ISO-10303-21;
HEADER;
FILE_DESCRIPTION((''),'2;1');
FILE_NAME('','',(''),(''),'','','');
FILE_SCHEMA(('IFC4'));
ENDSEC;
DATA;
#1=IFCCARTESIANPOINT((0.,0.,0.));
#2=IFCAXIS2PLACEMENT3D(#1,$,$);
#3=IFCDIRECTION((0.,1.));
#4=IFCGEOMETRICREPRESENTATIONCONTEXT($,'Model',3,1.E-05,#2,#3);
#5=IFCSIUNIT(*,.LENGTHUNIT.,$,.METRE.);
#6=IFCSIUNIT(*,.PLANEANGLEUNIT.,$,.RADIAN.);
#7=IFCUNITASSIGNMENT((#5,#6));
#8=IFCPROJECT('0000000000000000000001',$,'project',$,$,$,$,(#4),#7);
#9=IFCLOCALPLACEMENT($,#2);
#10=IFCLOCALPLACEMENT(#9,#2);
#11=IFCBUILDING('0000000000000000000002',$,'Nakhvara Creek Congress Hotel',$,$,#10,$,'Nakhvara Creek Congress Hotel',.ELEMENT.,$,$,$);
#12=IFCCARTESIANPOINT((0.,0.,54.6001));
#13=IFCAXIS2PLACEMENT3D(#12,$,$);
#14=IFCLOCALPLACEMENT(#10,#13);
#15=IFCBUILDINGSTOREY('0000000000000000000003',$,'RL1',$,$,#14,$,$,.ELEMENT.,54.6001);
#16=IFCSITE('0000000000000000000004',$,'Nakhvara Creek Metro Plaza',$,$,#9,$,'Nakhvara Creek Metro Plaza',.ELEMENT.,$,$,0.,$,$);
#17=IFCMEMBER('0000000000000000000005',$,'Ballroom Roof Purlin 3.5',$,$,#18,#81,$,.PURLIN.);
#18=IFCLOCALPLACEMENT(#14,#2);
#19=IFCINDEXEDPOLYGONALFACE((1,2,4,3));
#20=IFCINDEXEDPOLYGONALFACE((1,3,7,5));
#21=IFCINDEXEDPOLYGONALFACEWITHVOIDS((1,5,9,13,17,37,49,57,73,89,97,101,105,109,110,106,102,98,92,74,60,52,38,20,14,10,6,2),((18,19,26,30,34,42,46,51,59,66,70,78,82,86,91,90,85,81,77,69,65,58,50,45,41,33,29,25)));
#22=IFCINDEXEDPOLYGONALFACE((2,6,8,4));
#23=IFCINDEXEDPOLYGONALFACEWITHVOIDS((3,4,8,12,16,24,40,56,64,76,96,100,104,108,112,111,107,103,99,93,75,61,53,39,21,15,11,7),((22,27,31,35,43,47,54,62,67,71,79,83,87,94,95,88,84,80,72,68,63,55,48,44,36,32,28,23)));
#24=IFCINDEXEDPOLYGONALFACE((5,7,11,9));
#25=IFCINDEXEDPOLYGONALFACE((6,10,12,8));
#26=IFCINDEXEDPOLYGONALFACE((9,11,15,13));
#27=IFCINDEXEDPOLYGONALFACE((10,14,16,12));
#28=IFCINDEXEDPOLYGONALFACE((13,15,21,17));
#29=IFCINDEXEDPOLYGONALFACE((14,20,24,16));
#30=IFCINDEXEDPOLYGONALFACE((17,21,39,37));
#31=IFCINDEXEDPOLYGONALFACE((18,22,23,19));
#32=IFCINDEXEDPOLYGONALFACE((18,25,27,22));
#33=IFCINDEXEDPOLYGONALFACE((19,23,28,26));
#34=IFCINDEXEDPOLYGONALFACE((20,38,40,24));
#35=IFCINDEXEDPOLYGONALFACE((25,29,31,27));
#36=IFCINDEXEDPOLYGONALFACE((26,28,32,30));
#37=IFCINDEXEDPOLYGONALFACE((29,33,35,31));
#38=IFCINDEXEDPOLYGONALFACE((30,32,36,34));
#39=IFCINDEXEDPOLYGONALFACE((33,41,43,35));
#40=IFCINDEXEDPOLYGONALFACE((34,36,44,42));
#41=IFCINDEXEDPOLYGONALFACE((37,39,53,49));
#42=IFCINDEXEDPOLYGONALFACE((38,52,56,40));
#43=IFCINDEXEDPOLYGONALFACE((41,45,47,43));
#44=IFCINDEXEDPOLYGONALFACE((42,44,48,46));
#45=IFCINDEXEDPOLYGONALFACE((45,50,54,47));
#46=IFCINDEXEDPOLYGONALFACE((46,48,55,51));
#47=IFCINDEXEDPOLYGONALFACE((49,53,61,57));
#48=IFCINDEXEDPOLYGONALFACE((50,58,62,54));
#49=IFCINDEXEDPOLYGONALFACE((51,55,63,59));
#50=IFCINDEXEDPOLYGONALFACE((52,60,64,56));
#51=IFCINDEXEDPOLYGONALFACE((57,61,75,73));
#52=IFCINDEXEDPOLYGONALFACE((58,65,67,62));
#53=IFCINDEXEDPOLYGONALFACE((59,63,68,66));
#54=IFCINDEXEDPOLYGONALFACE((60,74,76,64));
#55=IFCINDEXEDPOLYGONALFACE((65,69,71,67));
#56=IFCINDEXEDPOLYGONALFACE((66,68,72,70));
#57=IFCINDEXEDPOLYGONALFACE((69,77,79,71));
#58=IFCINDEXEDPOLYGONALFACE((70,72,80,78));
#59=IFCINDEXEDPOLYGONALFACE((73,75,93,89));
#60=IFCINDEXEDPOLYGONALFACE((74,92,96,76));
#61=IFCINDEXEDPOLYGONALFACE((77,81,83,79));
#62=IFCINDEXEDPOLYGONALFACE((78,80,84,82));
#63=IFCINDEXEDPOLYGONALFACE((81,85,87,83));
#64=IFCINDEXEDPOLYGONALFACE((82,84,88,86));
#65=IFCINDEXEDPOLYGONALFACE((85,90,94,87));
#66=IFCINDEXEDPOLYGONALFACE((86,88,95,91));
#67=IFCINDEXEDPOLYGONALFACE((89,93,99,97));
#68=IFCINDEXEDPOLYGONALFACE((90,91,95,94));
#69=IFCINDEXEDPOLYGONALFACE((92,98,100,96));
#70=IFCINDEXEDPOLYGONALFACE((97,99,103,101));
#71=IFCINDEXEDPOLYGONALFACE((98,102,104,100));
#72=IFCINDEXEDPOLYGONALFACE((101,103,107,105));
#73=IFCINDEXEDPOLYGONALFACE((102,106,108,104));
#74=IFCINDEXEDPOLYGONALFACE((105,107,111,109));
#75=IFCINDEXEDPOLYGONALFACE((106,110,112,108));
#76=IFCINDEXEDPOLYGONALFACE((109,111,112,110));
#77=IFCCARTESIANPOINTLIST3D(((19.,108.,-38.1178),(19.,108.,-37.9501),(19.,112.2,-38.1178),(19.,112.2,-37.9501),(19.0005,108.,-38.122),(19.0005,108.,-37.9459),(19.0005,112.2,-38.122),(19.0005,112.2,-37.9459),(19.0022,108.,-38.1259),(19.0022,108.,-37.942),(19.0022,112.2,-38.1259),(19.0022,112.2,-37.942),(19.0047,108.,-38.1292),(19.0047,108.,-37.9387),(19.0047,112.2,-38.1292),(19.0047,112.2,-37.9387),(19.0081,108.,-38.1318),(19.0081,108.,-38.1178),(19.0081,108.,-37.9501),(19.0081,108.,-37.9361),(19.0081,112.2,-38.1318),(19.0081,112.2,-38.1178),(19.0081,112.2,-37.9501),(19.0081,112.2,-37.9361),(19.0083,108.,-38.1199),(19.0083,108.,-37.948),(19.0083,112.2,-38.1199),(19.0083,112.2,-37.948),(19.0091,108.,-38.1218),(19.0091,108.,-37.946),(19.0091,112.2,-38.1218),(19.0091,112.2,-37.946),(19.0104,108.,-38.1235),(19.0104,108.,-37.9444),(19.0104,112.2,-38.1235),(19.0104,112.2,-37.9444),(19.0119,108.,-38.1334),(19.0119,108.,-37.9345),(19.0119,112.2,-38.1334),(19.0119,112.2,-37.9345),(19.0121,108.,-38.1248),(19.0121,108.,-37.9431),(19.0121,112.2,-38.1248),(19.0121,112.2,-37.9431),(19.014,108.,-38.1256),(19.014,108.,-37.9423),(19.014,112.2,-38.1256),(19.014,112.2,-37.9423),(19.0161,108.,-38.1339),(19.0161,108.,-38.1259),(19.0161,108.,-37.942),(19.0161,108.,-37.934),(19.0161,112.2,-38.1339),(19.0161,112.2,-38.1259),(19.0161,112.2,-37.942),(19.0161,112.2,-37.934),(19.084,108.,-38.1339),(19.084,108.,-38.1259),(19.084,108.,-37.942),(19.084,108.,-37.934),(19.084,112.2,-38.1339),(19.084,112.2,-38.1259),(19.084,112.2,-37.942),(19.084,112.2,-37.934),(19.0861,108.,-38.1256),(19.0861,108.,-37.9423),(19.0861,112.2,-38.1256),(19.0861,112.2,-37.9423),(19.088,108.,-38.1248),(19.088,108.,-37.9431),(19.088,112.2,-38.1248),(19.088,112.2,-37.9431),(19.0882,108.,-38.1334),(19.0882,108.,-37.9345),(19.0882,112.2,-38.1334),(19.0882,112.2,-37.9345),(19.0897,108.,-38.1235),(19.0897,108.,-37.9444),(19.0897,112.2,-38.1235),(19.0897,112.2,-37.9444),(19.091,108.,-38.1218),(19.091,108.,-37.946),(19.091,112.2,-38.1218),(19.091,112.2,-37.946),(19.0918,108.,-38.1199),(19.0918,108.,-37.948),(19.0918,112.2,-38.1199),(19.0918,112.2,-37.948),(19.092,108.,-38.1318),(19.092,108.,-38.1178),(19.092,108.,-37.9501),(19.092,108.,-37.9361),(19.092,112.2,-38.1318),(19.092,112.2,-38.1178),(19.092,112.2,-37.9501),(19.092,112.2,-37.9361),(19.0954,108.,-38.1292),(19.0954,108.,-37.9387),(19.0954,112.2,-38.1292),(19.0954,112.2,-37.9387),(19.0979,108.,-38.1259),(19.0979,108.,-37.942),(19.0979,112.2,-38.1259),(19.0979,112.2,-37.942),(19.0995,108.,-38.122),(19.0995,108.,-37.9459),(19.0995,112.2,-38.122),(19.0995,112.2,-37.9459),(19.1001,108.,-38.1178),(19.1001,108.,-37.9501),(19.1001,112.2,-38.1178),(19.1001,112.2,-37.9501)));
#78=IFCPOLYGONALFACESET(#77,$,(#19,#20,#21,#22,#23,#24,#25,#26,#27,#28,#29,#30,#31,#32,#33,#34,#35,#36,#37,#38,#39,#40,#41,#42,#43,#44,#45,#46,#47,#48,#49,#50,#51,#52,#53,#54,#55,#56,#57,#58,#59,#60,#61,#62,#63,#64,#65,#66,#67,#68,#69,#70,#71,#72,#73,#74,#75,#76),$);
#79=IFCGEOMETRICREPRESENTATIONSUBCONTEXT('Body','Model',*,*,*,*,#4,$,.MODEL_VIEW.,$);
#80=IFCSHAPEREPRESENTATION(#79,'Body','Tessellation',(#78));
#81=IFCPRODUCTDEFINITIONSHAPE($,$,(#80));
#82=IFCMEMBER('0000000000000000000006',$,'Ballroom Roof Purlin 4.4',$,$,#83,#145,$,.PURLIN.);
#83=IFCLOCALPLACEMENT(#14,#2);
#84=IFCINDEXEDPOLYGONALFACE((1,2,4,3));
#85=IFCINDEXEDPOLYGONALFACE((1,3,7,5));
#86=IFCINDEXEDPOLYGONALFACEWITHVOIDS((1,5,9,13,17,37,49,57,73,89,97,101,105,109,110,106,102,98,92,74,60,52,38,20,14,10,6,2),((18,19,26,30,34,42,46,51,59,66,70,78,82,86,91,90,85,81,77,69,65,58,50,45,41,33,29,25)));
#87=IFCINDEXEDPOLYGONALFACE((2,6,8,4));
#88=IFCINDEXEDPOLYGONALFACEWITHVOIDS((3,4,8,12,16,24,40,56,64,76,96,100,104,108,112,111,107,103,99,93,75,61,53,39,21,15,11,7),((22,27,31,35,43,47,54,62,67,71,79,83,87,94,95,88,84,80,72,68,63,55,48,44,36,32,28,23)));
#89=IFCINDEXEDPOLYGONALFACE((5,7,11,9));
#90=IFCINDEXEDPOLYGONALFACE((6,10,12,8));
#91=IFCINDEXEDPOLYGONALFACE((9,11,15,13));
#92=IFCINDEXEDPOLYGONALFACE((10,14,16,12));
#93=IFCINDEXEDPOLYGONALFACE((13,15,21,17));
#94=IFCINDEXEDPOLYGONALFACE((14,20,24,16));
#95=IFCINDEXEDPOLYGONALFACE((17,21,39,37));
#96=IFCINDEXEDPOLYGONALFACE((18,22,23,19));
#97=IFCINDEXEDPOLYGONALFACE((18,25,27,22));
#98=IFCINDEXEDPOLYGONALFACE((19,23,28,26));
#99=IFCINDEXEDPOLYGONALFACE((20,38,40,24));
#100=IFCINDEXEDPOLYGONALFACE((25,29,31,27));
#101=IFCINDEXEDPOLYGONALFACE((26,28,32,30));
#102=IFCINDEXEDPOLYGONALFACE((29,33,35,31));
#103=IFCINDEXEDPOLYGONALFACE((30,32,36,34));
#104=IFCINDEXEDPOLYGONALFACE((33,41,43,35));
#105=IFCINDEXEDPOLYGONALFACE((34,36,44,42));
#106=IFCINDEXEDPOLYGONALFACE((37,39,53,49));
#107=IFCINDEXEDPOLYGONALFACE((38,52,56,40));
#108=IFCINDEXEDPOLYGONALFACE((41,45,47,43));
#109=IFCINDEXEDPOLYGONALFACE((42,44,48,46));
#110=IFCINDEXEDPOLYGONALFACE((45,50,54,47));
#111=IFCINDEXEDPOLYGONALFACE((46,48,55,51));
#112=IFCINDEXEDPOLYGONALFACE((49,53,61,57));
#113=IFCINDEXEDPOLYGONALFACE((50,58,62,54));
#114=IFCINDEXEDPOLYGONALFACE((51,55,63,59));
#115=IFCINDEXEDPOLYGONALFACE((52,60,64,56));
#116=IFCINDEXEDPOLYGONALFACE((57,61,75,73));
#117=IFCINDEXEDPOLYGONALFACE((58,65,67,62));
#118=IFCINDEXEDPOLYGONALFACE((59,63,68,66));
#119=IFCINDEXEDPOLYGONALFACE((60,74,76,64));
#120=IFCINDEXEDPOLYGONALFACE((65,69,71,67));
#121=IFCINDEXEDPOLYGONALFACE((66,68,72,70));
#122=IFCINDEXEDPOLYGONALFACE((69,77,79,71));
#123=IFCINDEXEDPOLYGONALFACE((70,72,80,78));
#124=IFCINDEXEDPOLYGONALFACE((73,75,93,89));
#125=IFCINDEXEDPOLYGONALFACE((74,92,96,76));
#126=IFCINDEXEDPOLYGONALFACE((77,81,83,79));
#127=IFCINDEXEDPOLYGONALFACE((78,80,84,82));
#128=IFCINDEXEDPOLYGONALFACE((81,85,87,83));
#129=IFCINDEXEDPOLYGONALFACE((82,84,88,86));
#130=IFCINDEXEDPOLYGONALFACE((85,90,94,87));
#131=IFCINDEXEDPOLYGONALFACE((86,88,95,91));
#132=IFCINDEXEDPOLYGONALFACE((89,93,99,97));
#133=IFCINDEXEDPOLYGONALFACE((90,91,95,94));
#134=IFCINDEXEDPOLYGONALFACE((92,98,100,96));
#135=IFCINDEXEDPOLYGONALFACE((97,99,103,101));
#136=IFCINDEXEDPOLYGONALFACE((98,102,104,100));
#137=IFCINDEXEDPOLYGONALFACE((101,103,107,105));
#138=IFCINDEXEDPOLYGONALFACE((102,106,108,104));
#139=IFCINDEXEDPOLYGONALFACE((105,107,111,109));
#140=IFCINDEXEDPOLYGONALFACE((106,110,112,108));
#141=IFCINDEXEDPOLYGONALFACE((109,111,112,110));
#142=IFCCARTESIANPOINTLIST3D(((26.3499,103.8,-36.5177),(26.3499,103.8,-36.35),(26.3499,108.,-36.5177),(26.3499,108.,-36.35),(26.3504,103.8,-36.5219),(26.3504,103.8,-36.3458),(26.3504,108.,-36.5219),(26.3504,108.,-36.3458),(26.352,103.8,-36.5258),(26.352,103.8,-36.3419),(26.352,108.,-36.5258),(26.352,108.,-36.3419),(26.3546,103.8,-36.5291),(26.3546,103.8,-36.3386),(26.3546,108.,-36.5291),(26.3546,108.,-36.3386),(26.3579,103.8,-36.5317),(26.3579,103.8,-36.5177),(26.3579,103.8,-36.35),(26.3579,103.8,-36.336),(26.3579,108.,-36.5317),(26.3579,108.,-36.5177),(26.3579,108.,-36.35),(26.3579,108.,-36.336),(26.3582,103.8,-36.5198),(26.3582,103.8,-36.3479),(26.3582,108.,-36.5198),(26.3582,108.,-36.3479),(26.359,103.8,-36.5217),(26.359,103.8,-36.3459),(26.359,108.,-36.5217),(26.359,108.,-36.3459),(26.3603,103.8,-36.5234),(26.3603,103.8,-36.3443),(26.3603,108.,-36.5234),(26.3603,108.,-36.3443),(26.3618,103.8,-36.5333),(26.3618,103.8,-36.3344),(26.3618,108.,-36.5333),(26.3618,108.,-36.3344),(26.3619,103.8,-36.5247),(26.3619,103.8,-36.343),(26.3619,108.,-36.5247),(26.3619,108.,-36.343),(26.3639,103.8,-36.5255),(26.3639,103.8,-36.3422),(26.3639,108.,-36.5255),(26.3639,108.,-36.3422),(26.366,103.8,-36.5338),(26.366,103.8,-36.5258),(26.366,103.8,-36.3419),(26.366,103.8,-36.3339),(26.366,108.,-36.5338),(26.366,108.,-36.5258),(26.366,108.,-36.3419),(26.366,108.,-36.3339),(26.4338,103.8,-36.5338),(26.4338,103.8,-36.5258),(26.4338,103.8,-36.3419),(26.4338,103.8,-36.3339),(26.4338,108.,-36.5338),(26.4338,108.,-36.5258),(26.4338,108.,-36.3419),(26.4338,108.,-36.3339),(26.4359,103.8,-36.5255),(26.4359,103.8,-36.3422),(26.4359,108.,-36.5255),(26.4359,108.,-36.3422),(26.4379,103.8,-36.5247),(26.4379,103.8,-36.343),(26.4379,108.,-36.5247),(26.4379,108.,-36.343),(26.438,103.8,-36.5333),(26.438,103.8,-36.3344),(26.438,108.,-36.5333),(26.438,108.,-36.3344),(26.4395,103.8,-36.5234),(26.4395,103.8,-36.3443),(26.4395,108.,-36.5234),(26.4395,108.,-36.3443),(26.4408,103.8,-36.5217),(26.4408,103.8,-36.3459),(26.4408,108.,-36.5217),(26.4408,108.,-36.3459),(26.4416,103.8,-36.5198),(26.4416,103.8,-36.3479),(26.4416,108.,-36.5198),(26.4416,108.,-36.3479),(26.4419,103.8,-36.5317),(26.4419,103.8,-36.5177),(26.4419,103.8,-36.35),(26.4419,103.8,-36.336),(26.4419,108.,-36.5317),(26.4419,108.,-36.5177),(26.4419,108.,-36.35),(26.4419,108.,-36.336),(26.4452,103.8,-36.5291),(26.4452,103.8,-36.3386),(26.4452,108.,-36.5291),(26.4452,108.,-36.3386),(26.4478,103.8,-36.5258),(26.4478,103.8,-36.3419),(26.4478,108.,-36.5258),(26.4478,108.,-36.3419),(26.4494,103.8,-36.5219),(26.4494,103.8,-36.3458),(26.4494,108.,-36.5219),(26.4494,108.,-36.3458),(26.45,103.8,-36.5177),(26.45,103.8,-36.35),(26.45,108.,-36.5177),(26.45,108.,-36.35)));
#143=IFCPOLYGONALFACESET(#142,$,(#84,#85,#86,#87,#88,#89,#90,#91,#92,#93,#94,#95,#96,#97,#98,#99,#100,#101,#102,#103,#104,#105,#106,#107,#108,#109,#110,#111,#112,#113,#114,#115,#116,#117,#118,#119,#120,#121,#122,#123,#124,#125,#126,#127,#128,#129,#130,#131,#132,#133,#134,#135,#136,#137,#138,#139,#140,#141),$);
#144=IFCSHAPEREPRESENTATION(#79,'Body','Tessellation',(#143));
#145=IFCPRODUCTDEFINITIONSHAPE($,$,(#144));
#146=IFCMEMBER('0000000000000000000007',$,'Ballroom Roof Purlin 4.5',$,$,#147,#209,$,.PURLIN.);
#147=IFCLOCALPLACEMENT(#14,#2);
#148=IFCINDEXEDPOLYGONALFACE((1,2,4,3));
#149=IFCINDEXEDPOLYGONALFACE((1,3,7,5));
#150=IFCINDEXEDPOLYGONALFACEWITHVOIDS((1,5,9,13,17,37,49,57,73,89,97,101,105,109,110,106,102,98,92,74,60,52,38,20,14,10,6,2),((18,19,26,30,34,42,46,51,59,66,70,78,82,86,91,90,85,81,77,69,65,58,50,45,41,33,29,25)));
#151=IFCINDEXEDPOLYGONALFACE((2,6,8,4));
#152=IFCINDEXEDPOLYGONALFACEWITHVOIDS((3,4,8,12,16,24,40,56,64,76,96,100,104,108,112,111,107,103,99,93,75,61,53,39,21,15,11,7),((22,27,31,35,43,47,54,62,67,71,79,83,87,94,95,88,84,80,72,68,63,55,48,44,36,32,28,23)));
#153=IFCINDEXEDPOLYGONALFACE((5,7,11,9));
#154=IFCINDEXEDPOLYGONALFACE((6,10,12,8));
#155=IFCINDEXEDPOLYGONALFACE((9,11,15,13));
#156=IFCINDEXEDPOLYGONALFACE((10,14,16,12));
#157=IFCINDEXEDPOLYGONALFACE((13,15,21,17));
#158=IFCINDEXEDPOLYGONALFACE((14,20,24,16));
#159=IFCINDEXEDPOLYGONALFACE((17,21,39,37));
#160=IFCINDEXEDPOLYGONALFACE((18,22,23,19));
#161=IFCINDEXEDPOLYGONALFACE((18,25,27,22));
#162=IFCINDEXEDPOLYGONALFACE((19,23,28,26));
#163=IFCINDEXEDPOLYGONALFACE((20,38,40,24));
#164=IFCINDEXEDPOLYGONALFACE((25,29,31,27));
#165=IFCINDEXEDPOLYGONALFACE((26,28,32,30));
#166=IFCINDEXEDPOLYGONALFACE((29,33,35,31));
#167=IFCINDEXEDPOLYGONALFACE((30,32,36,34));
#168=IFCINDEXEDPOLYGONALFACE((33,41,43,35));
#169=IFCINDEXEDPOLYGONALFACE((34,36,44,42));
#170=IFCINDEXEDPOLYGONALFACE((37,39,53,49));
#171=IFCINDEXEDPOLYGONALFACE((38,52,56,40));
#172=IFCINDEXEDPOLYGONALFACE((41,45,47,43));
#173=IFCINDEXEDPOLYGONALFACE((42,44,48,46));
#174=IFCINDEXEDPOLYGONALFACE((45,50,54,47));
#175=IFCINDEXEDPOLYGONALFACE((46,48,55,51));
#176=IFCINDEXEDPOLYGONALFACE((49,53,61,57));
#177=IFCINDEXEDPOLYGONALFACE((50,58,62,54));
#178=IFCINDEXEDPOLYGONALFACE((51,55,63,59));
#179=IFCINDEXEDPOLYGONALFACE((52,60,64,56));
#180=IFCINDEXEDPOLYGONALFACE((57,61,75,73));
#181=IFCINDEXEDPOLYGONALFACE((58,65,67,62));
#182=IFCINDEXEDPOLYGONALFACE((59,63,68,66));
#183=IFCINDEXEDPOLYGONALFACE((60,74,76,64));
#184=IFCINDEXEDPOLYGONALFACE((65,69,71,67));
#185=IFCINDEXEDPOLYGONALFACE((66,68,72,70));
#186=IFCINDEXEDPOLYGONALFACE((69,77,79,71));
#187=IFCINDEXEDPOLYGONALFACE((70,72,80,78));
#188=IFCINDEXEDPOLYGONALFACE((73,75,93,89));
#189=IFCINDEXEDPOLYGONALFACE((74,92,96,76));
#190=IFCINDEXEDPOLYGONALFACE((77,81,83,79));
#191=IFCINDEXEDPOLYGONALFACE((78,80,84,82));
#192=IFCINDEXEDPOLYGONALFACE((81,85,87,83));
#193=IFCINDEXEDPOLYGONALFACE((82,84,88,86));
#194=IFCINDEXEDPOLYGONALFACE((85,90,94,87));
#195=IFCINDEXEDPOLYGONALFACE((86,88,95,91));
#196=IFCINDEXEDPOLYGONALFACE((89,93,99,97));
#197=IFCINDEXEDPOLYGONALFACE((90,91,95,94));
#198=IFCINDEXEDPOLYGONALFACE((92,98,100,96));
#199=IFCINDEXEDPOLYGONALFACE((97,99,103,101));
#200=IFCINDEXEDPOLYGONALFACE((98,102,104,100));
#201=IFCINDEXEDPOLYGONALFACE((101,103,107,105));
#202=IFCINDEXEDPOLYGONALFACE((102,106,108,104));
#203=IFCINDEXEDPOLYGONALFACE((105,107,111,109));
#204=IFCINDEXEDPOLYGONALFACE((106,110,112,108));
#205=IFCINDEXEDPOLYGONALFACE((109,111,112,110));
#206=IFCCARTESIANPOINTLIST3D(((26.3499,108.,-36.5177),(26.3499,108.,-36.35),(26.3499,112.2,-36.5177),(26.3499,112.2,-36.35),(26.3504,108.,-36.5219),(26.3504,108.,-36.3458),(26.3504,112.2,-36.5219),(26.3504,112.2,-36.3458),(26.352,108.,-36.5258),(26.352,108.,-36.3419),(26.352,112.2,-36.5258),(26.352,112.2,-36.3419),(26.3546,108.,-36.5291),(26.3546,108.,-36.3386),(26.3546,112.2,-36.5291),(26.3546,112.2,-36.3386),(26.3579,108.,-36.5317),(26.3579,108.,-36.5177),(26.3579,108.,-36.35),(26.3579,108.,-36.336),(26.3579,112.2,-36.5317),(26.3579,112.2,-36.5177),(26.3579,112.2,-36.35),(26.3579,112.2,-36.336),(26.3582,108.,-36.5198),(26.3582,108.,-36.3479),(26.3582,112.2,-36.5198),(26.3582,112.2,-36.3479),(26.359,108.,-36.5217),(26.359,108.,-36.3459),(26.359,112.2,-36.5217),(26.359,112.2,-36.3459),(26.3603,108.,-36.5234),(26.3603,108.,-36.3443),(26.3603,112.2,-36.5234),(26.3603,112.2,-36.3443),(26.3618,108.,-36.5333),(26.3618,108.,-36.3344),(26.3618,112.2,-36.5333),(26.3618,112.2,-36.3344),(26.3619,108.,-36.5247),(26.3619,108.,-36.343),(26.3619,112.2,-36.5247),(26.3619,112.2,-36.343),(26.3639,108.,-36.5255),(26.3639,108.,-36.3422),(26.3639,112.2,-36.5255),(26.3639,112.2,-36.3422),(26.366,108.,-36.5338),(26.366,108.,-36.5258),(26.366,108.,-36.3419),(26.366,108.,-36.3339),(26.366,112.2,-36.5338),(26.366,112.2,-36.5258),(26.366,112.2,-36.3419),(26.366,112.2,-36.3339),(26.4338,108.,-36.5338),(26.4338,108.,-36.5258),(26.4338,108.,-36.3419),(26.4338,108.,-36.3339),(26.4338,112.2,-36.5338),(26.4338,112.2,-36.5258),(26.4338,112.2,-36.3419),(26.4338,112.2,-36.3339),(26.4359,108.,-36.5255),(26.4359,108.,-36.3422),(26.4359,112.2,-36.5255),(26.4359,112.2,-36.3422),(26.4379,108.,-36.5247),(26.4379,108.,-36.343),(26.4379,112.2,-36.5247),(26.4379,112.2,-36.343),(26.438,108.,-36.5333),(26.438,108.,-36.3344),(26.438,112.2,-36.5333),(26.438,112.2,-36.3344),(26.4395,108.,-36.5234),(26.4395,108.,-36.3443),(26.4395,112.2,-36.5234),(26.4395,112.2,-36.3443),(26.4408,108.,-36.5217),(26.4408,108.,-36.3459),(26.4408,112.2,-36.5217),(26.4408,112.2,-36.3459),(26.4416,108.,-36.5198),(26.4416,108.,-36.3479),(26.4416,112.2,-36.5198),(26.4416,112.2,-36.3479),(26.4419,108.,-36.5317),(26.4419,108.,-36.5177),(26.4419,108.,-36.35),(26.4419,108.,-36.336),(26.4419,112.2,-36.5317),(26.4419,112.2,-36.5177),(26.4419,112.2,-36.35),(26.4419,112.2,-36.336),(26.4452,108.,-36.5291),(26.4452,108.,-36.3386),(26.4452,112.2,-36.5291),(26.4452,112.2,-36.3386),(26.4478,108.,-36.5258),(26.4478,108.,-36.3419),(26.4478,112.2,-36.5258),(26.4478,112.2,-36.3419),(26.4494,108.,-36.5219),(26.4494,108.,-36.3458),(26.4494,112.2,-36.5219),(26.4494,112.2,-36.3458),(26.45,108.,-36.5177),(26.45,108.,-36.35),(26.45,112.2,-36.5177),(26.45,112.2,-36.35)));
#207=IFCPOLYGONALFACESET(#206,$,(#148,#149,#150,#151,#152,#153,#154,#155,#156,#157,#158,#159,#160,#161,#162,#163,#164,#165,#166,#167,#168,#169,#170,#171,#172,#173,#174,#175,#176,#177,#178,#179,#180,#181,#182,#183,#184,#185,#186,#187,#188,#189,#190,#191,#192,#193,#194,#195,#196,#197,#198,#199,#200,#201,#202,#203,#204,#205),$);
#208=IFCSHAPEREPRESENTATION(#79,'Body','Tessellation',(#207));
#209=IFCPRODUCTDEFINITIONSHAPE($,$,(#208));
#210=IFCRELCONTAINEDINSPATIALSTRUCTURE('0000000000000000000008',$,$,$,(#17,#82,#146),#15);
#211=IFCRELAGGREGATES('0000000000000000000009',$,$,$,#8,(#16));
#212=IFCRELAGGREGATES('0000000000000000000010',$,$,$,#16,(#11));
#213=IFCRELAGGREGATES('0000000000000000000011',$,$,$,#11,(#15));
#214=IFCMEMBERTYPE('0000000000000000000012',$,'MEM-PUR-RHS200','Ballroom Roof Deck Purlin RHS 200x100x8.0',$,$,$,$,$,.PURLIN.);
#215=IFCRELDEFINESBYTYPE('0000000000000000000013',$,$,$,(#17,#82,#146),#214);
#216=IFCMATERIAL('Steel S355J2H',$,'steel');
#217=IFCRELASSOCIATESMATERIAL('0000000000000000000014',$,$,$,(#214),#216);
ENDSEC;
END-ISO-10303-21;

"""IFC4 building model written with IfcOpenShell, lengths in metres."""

from ifc_helpers import new_model, si_unit, direction, frame, origin, origin_2d, place, context, subcontext, project, spatial, hollow_rectangle, extrude, material, material_profile, profile_set, type_object, element, save


model = new_model("IFC4")

# Units and contexts
model_context = context("Model", 3, precision=1e-05, world=origin(), true_north=direction((0.0, 1.0)))
body_context = subcontext(model_context, "Body", "Model", "MODEL_VIEW")
ifc_project = project(units=[si_unit("LENGTHUNIT", "METRE"), si_unit("PLANEANGLEUNIT", "RADIAN")], contexts=[model_context])

# Site, building, storey
site_placement = place(None, origin())
site = spatial("IfcSite", under=ifc_project, at=site_placement, Name="Nakhvara Creek Metro Plaza", LongName="Nakhvara Creek Metro Plaza", CompositionType="ELEMENT", RefElevation=0.0)
building_placement = place(site_placement, origin())
building = spatial("IfcBuilding", under=site, at=building_placement, Name="Nakhvara Creek Congress Hotel", LongName="Nakhvara Creek Congress Hotel", CompositionType="ELEMENT")
storey_placement = place(building_placement, frame((0.0, 0.0, 54.6001)))
storey = spatial("IfcBuildingStorey", under=building, at=storey_placement, Name="RL1", CompositionType="ELEMENT", Elevation=54.6001)

# Members
ifc_material_1 = material(Name="Steel S355J2H", Category="steel")
ifc_material_profile_1 = material_profile(ifc_material_1, hollow_rectangle(XDim=0.1001, YDim=0.2, WallThickness=0.0081, InnerFilletRadius=0.0081, OuterFilletRadius=0.0161, at=origin_2d()), Name="RHS 200x100x8.0", Category="LoadBearing")
ifc_profile_set_1 = profile_set([ifc_material_profile_1], Name="Steel S355J2H")
member_type_1 = type_object("IfcMemberType", Name="MEM-PUR-RHS200", Description="Ballroom Roof Deck Purlin RHS 200x100x8.0", PredefinedType="PURLIN", material=ifc_profile_set_1)
for number, where, z_axis, x_axis, name in (
    (1, (19.05, 108.0, -38.0339), (0.0, 1.0, 0.0), (-1.0, 0.0, 0.0), "Ballroom Roof Purlin 3.5"),
    (2, (26.3999, 103.8, -36.4338), (0.0, 1.0, 0.0), (-1.0, 0.0, 0.0), "Ballroom Roof Purlin 4.4"),
    (3, (26.3999, 108.0, -36.4338), (0.0, 1.0, 0.0), (-1.0, 0.0, 0.0), "Ballroom Roof Purlin 4.5"),
):
    element("IfcMember", number, at=place(storey_placement, frame(where, z_axis=z_axis, x_axis=x_axis)), inside=storey, type_object=member_type_1, Name=name, PredefinedType="PURLIN", context=body_context, shape_type="SweptSolid", body=[
        extrude(hollow_rectangle(XDim=0.1001, YDim=0.2, WallThickness=0.0081, InnerFilletRadius=0.0081, OuterFilletRadius=0.0161, at=origin_2d()), origin(), (0.0, 0.0, 1.0), 4.2),
    ])

save(model, "model.ifc")
